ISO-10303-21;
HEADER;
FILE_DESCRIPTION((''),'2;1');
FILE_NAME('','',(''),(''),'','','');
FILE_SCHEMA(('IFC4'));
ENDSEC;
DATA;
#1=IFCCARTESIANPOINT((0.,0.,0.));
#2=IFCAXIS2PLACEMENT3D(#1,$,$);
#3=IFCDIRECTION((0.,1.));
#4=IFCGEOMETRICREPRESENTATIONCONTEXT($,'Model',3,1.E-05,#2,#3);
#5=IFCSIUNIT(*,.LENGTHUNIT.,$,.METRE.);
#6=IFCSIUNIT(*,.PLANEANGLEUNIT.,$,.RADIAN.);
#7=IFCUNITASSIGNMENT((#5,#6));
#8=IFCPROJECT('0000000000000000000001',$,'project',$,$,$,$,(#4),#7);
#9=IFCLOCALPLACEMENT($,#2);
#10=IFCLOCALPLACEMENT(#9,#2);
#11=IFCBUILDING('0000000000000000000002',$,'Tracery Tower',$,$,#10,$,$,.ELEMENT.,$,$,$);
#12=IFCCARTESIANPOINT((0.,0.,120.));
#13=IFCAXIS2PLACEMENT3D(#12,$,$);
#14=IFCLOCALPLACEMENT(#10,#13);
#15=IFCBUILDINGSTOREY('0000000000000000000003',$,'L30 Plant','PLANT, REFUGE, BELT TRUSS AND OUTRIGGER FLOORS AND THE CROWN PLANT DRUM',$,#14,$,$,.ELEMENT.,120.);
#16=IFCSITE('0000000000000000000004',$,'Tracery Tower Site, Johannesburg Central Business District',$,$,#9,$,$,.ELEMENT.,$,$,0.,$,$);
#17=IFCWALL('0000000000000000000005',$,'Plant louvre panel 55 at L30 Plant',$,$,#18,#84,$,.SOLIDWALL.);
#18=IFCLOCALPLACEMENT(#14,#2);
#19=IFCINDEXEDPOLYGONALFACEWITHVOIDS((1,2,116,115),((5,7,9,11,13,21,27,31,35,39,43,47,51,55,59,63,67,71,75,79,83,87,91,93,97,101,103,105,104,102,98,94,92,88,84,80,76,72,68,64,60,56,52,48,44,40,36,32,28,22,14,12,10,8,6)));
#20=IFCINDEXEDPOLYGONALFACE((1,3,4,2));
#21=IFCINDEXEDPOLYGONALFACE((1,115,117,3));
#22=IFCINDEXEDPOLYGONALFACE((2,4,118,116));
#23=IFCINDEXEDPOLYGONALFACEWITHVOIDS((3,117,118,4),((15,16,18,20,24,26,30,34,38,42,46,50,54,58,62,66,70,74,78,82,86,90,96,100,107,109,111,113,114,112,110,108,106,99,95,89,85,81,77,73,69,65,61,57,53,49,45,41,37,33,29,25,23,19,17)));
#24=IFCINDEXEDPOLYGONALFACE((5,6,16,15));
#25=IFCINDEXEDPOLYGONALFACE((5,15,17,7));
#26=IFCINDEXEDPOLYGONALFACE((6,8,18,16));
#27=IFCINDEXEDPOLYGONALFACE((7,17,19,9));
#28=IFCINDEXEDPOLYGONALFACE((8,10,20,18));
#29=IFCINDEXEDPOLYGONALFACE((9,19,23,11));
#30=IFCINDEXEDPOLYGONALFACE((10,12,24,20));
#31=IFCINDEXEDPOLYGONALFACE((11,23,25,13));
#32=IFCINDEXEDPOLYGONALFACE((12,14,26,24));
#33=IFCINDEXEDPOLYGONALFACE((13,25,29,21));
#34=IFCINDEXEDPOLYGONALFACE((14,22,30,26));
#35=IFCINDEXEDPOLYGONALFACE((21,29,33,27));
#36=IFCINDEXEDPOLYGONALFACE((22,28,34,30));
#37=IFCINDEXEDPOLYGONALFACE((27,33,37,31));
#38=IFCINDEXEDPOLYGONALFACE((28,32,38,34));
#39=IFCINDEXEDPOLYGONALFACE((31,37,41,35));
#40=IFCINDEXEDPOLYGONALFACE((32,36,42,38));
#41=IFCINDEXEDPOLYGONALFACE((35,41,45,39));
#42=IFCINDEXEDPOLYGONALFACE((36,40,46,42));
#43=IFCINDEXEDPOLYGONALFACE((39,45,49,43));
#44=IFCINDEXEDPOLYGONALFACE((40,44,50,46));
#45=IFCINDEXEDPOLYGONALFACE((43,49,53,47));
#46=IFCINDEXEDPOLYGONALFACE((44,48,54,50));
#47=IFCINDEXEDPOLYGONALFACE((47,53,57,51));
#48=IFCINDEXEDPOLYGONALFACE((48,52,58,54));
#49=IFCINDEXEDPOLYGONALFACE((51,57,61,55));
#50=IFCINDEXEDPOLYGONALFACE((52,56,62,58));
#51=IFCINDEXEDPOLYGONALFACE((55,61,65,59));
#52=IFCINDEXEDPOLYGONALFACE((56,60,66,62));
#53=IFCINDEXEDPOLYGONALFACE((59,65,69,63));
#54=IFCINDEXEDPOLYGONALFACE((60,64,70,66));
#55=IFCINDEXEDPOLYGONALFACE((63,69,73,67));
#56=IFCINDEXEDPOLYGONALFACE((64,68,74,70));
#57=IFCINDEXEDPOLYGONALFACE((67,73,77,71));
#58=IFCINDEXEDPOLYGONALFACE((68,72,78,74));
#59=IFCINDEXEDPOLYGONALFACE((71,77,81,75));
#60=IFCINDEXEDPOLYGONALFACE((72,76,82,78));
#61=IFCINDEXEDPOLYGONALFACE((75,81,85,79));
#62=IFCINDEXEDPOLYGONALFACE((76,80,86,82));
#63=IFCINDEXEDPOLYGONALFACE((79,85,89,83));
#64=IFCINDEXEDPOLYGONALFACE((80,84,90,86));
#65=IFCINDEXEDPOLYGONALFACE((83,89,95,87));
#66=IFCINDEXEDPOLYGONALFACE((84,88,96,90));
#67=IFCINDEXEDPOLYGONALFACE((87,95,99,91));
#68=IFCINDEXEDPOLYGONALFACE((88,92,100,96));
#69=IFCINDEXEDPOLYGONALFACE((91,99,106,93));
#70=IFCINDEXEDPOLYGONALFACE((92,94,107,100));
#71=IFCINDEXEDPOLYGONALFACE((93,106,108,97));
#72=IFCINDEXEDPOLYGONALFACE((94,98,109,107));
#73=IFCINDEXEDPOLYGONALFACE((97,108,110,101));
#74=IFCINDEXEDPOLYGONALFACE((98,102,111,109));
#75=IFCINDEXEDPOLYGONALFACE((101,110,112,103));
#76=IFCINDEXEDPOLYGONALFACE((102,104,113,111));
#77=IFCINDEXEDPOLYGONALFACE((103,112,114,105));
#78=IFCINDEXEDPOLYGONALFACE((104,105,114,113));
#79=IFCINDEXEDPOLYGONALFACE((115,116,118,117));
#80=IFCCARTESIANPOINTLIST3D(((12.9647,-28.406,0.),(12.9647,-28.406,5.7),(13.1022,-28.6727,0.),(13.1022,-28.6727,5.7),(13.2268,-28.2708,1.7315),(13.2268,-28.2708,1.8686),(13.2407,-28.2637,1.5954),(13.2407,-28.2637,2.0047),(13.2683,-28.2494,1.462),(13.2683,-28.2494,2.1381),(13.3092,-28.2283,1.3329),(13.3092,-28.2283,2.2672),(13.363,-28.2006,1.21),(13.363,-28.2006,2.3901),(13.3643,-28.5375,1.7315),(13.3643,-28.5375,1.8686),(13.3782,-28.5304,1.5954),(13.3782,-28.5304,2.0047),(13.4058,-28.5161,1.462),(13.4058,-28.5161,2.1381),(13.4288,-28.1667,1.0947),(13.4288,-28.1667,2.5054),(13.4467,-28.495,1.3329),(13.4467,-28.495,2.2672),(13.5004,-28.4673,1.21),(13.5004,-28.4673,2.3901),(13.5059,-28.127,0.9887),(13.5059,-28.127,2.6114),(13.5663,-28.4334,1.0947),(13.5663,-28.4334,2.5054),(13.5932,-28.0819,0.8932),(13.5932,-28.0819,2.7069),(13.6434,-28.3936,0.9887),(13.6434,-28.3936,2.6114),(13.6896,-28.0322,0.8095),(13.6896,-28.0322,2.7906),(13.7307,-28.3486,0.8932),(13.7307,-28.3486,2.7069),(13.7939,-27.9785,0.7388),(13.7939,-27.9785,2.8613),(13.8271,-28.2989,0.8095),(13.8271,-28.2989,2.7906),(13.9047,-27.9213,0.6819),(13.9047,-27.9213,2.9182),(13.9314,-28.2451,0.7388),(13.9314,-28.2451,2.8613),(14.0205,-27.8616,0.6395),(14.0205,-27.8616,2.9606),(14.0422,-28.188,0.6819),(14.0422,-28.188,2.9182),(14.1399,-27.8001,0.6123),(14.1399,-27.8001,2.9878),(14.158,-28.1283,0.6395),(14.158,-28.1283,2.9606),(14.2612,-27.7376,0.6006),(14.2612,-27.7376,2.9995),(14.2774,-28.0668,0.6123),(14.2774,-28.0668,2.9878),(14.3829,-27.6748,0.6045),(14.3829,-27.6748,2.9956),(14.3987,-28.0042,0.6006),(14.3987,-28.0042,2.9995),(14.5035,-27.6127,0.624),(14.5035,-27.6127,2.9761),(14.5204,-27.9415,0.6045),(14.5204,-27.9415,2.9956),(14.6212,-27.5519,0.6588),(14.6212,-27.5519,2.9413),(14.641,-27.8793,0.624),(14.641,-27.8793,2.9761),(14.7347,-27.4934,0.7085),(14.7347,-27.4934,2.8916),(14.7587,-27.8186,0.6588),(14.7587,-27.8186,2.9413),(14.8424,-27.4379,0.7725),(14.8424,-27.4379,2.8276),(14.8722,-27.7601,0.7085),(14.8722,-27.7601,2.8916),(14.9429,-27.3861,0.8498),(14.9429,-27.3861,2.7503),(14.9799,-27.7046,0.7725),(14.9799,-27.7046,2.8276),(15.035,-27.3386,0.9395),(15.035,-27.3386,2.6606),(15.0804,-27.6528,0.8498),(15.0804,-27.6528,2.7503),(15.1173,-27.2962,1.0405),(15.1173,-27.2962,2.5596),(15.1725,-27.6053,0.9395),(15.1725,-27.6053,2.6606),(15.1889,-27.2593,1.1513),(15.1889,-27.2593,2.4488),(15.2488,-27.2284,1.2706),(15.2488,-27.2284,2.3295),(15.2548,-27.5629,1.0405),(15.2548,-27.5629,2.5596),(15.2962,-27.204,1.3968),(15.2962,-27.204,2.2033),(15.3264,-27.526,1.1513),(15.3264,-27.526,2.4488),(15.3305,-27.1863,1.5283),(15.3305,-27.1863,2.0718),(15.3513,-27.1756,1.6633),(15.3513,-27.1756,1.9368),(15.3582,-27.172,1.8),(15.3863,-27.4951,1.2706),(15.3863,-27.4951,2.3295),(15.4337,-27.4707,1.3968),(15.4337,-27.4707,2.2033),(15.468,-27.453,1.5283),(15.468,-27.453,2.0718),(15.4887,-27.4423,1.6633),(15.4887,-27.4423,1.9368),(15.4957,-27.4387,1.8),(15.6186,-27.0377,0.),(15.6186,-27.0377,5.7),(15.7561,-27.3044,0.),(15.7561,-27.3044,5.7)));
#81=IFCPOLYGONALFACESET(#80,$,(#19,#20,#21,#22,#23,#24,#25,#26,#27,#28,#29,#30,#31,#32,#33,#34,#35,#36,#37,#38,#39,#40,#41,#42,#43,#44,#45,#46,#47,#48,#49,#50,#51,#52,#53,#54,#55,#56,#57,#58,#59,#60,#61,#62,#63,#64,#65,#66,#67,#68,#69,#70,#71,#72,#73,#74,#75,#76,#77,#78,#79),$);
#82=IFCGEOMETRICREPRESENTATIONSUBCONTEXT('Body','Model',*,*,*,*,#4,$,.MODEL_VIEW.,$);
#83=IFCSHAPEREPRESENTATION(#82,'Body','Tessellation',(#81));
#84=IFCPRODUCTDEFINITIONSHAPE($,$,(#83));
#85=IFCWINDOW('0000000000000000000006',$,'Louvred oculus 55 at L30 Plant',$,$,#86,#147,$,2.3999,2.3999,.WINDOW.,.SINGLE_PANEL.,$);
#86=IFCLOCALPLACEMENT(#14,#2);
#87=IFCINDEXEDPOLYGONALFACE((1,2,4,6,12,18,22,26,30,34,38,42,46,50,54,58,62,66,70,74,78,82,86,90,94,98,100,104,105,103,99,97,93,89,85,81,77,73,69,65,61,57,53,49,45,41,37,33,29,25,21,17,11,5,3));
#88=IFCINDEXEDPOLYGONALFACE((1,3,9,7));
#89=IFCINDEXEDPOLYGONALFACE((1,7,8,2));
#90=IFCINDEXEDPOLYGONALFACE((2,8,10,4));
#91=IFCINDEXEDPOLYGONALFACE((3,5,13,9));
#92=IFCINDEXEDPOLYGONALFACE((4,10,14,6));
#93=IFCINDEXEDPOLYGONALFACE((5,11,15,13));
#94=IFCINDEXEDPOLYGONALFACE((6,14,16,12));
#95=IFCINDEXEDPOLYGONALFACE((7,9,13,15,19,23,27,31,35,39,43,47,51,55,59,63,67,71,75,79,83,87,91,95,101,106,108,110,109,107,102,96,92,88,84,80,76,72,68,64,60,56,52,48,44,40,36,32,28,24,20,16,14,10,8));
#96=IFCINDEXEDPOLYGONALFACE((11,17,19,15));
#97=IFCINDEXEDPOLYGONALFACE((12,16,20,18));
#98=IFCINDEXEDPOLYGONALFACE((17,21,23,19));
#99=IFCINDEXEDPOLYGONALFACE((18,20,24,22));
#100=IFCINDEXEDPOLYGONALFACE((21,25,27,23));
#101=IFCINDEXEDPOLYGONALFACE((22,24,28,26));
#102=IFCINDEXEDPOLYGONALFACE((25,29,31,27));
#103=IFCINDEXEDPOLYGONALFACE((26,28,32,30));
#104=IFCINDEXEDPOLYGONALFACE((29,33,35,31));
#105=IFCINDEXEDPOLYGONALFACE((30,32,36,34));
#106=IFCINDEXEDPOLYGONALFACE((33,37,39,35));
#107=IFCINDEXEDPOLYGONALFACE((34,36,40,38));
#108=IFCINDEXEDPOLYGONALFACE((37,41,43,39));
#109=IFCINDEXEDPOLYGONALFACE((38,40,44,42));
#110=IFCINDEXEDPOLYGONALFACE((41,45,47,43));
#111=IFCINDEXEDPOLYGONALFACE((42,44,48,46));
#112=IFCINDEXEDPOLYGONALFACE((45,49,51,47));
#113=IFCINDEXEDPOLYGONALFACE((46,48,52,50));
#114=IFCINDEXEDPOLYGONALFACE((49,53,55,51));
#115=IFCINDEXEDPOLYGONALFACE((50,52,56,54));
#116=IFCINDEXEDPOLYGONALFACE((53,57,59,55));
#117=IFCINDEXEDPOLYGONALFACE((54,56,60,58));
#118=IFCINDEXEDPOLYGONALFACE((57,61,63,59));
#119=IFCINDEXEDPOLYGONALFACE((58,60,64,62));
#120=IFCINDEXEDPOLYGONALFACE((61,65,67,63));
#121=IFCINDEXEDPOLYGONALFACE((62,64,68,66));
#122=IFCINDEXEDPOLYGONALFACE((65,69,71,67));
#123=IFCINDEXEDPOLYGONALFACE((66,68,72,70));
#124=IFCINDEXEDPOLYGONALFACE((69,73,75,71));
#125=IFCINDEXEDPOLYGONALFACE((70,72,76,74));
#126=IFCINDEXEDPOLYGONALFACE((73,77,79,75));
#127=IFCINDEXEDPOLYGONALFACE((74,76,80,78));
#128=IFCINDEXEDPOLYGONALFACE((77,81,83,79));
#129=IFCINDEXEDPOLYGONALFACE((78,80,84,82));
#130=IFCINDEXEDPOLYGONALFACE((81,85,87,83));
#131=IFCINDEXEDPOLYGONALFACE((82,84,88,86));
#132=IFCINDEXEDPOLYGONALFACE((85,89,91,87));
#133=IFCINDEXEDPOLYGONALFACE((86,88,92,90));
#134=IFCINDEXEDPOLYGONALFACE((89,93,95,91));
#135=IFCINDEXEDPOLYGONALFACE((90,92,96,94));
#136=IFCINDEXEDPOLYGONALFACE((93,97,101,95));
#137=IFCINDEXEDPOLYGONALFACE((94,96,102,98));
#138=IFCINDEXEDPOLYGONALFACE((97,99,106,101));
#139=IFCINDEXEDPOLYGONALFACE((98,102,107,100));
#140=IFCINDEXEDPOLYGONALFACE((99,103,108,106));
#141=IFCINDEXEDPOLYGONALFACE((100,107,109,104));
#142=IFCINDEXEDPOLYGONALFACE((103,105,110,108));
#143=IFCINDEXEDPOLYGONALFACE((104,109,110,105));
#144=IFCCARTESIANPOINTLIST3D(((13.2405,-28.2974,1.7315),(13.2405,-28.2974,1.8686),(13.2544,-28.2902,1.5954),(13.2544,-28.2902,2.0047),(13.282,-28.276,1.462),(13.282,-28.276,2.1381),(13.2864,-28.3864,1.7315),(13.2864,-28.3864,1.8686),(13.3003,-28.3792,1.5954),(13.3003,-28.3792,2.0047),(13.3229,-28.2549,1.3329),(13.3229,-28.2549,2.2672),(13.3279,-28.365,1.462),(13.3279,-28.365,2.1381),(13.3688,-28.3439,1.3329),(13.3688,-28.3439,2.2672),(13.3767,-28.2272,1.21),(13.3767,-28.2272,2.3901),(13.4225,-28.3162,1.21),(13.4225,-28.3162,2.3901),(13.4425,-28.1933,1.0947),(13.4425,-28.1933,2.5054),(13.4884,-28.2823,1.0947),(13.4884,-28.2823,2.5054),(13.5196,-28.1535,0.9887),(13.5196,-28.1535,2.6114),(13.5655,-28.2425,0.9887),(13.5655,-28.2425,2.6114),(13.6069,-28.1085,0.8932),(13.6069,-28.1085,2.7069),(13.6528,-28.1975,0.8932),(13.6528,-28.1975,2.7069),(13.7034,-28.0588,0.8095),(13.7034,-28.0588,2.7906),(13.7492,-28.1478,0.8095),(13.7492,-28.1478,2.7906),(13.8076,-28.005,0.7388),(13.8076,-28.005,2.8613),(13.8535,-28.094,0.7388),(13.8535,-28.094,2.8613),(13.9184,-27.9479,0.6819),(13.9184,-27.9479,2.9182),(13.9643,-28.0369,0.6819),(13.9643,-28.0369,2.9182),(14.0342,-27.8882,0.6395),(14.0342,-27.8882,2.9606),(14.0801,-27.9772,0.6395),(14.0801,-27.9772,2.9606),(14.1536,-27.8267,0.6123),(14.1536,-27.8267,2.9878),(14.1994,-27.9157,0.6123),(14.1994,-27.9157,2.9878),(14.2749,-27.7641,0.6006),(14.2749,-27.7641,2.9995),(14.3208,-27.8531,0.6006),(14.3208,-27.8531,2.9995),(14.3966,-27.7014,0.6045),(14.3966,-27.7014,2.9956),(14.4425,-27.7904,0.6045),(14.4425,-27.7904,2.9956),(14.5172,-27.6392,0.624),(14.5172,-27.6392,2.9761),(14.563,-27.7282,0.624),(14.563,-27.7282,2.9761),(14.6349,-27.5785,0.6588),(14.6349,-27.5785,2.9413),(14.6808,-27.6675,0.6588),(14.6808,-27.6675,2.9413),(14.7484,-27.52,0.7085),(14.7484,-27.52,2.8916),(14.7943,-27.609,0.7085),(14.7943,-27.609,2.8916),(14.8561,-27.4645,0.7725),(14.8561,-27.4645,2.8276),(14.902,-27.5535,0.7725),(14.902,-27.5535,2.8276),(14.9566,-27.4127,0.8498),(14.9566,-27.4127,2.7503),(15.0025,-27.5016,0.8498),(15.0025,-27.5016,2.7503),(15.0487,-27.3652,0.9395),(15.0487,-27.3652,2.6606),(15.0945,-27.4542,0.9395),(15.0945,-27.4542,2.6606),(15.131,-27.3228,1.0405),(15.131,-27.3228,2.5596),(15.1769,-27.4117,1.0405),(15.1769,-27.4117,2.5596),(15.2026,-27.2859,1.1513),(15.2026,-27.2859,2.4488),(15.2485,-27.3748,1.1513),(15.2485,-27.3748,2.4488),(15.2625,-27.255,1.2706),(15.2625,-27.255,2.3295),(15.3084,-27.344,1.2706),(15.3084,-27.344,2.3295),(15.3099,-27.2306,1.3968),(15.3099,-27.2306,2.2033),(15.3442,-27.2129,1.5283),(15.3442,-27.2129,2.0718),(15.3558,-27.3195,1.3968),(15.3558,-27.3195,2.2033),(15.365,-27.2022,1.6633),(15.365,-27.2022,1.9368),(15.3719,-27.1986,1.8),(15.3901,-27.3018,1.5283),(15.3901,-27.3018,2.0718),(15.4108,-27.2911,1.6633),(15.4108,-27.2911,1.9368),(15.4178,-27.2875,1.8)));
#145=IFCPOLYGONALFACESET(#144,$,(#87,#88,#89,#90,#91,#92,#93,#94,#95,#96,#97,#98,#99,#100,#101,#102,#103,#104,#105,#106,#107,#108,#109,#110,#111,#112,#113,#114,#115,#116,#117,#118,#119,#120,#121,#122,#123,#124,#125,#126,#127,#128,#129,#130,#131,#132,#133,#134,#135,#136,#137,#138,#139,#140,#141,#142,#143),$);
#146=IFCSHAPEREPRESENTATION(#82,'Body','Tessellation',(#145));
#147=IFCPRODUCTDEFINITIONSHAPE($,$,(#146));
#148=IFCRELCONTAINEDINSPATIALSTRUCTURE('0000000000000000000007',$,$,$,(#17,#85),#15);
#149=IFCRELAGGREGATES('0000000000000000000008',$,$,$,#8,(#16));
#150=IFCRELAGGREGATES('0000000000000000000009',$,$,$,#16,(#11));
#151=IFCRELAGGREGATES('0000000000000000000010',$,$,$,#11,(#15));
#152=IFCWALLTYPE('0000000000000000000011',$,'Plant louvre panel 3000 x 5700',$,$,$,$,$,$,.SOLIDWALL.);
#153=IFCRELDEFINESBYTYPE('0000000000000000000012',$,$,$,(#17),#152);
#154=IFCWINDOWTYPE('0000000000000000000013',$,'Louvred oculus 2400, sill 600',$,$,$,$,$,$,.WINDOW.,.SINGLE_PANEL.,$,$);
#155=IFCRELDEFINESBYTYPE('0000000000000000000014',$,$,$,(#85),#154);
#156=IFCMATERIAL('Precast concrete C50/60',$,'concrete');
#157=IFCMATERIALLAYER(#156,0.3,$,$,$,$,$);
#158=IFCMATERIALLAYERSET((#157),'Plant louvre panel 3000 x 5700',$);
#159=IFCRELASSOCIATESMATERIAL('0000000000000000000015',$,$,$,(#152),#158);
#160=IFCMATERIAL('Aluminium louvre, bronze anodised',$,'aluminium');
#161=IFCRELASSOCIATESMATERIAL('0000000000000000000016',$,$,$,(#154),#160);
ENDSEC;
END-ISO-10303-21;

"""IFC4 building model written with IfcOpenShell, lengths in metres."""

from ifc_helpers import new_model, si_unit, direction, frame, frame_2d, origin, origin_2d, place, context, subcontext, project, spatial, rectangle, circle, extrude, material, layer, layer_set, type_object, element, fill, save


model = new_model("IFC4")

# Units and contexts
model_context = context("Model", 3, precision=1e-05, world=origin(), true_north=direction((0.0, 1.0)))
body_context = subcontext(model_context, "Body", "Model", "MODEL_VIEW")
ifc_project = project(units=[si_unit("LENGTHUNIT", "METRE"), si_unit("PLANEANGLEUNIT", "RADIAN")], contexts=[model_context])

# Site, building, storey
site_placement = place(None, origin())
site = spatial("IfcSite", under=ifc_project, at=site_placement, Name="Tracery Tower Site, Johannesburg Central Business District", CompositionType="ELEMENT", RefElevation=0.0)
building_placement = place(site_placement, origin())
building = spatial("IfcBuilding", under=site, at=building_placement, Name="Tracery Tower", CompositionType="ELEMENT")
storey_placement = place(building_placement, frame((0.0, 0.0, 120.0)))
storey = spatial("IfcBuildingStorey", under=building, at=storey_placement, Name="L30 Plant", Description="PLANT, REFUGE, BELT TRUSS AND OUTRIGGER FLOORS AND THE CROWN PLANT DRUM", CompositionType="ELEMENT", Elevation=120.0)

# Wall, opening, window
ifc_material_1 = material(Name="Precast concrete C50/60", Category="concrete")
ifc_layer_1 = layer(ifc_material_1, 0.3)
ifc_layer_set_1 = layer_set([ifc_layer_1], Name="Plant louvre panel 3000 x 5700")
wall_type_1 = type_object("IfcWallType", Name="Plant louvre panel 3000 x 5700", PredefinedType="SOLIDWALL", material=ifc_layer_set_1)
ifc_material_2 = material(Name="Aluminium louvre, bronze anodised", Category="aluminium")
window_type = type_object("IfcWindowType", Name="Louvred oculus 2400, sill 600", PartitioningType="SINGLE_PANEL", PredefinedType="WINDOW", material=ifc_material_2)
wall_1_placement = place(storey_placement, frame((13.0334, -28.5393, 0.0), z_axis=(0.0, 0.0, 1.0), x_axis=(0.888831, 0.458235, 0.0)))
wall_1 = element("IfcWall", 1, at=wall_1_placement, inside=storey, type_object=wall_type_1, Name="Plant louvre panel 55 at L30 Plant", PredefinedType="SOLIDWALL", context=body_context, shape_type="SweptSolid", body=[
    extrude(rectangle(XDim=2.9858, YDim=0.3, at=frame_2d((1.4929, 0.0))), origin(), (0.0, 0.0, 1.0), 5.7),
])
opening_1_placement = place(wall_1_placement, frame((1.4929, 0.0, 1.8)))
opening_1 = element("IfcOpeningElement", 2, at=opening_1_placement, cuts=wall_1, PredefinedType="OPENING", context=body_context, shape_type="SweptSolid", body=[
    extrude(circle(Radius=1.2, at=origin_2d()), frame((0.0, 0.1599, 0.0), z_axis=(0.0, -1.0, 0.0), x_axis=(1.0, 0.0, 0.0)), (0.0, 0.0, 1.0), 0.3201),
])
window_1_placement = place(opening_1_placement, origin())
window_1 = element("IfcWindow", 3, at=window_1_placement, inside=storey, type_object=window_type, Name="Louvred oculus 55 at L30 Plant", OverallHeight=2.3999, OverallWidth=2.3999, PartitioningType="SINGLE_PANEL", PredefinedType="WINDOW", context=body_context, shape_type="SweptSolid", body=[
    extrude(circle(Radius=1.2, at=origin_2d()), frame((0.0, 0.1201, 0.0), z_axis=(0.0, -1.0, 0.0), x_axis=(1.0, 0.0, 0.0)), (0.0, 0.0, 1.0), 0.1001),
])
fill(opening_1, window_1)

save(model, "model.ifc")
